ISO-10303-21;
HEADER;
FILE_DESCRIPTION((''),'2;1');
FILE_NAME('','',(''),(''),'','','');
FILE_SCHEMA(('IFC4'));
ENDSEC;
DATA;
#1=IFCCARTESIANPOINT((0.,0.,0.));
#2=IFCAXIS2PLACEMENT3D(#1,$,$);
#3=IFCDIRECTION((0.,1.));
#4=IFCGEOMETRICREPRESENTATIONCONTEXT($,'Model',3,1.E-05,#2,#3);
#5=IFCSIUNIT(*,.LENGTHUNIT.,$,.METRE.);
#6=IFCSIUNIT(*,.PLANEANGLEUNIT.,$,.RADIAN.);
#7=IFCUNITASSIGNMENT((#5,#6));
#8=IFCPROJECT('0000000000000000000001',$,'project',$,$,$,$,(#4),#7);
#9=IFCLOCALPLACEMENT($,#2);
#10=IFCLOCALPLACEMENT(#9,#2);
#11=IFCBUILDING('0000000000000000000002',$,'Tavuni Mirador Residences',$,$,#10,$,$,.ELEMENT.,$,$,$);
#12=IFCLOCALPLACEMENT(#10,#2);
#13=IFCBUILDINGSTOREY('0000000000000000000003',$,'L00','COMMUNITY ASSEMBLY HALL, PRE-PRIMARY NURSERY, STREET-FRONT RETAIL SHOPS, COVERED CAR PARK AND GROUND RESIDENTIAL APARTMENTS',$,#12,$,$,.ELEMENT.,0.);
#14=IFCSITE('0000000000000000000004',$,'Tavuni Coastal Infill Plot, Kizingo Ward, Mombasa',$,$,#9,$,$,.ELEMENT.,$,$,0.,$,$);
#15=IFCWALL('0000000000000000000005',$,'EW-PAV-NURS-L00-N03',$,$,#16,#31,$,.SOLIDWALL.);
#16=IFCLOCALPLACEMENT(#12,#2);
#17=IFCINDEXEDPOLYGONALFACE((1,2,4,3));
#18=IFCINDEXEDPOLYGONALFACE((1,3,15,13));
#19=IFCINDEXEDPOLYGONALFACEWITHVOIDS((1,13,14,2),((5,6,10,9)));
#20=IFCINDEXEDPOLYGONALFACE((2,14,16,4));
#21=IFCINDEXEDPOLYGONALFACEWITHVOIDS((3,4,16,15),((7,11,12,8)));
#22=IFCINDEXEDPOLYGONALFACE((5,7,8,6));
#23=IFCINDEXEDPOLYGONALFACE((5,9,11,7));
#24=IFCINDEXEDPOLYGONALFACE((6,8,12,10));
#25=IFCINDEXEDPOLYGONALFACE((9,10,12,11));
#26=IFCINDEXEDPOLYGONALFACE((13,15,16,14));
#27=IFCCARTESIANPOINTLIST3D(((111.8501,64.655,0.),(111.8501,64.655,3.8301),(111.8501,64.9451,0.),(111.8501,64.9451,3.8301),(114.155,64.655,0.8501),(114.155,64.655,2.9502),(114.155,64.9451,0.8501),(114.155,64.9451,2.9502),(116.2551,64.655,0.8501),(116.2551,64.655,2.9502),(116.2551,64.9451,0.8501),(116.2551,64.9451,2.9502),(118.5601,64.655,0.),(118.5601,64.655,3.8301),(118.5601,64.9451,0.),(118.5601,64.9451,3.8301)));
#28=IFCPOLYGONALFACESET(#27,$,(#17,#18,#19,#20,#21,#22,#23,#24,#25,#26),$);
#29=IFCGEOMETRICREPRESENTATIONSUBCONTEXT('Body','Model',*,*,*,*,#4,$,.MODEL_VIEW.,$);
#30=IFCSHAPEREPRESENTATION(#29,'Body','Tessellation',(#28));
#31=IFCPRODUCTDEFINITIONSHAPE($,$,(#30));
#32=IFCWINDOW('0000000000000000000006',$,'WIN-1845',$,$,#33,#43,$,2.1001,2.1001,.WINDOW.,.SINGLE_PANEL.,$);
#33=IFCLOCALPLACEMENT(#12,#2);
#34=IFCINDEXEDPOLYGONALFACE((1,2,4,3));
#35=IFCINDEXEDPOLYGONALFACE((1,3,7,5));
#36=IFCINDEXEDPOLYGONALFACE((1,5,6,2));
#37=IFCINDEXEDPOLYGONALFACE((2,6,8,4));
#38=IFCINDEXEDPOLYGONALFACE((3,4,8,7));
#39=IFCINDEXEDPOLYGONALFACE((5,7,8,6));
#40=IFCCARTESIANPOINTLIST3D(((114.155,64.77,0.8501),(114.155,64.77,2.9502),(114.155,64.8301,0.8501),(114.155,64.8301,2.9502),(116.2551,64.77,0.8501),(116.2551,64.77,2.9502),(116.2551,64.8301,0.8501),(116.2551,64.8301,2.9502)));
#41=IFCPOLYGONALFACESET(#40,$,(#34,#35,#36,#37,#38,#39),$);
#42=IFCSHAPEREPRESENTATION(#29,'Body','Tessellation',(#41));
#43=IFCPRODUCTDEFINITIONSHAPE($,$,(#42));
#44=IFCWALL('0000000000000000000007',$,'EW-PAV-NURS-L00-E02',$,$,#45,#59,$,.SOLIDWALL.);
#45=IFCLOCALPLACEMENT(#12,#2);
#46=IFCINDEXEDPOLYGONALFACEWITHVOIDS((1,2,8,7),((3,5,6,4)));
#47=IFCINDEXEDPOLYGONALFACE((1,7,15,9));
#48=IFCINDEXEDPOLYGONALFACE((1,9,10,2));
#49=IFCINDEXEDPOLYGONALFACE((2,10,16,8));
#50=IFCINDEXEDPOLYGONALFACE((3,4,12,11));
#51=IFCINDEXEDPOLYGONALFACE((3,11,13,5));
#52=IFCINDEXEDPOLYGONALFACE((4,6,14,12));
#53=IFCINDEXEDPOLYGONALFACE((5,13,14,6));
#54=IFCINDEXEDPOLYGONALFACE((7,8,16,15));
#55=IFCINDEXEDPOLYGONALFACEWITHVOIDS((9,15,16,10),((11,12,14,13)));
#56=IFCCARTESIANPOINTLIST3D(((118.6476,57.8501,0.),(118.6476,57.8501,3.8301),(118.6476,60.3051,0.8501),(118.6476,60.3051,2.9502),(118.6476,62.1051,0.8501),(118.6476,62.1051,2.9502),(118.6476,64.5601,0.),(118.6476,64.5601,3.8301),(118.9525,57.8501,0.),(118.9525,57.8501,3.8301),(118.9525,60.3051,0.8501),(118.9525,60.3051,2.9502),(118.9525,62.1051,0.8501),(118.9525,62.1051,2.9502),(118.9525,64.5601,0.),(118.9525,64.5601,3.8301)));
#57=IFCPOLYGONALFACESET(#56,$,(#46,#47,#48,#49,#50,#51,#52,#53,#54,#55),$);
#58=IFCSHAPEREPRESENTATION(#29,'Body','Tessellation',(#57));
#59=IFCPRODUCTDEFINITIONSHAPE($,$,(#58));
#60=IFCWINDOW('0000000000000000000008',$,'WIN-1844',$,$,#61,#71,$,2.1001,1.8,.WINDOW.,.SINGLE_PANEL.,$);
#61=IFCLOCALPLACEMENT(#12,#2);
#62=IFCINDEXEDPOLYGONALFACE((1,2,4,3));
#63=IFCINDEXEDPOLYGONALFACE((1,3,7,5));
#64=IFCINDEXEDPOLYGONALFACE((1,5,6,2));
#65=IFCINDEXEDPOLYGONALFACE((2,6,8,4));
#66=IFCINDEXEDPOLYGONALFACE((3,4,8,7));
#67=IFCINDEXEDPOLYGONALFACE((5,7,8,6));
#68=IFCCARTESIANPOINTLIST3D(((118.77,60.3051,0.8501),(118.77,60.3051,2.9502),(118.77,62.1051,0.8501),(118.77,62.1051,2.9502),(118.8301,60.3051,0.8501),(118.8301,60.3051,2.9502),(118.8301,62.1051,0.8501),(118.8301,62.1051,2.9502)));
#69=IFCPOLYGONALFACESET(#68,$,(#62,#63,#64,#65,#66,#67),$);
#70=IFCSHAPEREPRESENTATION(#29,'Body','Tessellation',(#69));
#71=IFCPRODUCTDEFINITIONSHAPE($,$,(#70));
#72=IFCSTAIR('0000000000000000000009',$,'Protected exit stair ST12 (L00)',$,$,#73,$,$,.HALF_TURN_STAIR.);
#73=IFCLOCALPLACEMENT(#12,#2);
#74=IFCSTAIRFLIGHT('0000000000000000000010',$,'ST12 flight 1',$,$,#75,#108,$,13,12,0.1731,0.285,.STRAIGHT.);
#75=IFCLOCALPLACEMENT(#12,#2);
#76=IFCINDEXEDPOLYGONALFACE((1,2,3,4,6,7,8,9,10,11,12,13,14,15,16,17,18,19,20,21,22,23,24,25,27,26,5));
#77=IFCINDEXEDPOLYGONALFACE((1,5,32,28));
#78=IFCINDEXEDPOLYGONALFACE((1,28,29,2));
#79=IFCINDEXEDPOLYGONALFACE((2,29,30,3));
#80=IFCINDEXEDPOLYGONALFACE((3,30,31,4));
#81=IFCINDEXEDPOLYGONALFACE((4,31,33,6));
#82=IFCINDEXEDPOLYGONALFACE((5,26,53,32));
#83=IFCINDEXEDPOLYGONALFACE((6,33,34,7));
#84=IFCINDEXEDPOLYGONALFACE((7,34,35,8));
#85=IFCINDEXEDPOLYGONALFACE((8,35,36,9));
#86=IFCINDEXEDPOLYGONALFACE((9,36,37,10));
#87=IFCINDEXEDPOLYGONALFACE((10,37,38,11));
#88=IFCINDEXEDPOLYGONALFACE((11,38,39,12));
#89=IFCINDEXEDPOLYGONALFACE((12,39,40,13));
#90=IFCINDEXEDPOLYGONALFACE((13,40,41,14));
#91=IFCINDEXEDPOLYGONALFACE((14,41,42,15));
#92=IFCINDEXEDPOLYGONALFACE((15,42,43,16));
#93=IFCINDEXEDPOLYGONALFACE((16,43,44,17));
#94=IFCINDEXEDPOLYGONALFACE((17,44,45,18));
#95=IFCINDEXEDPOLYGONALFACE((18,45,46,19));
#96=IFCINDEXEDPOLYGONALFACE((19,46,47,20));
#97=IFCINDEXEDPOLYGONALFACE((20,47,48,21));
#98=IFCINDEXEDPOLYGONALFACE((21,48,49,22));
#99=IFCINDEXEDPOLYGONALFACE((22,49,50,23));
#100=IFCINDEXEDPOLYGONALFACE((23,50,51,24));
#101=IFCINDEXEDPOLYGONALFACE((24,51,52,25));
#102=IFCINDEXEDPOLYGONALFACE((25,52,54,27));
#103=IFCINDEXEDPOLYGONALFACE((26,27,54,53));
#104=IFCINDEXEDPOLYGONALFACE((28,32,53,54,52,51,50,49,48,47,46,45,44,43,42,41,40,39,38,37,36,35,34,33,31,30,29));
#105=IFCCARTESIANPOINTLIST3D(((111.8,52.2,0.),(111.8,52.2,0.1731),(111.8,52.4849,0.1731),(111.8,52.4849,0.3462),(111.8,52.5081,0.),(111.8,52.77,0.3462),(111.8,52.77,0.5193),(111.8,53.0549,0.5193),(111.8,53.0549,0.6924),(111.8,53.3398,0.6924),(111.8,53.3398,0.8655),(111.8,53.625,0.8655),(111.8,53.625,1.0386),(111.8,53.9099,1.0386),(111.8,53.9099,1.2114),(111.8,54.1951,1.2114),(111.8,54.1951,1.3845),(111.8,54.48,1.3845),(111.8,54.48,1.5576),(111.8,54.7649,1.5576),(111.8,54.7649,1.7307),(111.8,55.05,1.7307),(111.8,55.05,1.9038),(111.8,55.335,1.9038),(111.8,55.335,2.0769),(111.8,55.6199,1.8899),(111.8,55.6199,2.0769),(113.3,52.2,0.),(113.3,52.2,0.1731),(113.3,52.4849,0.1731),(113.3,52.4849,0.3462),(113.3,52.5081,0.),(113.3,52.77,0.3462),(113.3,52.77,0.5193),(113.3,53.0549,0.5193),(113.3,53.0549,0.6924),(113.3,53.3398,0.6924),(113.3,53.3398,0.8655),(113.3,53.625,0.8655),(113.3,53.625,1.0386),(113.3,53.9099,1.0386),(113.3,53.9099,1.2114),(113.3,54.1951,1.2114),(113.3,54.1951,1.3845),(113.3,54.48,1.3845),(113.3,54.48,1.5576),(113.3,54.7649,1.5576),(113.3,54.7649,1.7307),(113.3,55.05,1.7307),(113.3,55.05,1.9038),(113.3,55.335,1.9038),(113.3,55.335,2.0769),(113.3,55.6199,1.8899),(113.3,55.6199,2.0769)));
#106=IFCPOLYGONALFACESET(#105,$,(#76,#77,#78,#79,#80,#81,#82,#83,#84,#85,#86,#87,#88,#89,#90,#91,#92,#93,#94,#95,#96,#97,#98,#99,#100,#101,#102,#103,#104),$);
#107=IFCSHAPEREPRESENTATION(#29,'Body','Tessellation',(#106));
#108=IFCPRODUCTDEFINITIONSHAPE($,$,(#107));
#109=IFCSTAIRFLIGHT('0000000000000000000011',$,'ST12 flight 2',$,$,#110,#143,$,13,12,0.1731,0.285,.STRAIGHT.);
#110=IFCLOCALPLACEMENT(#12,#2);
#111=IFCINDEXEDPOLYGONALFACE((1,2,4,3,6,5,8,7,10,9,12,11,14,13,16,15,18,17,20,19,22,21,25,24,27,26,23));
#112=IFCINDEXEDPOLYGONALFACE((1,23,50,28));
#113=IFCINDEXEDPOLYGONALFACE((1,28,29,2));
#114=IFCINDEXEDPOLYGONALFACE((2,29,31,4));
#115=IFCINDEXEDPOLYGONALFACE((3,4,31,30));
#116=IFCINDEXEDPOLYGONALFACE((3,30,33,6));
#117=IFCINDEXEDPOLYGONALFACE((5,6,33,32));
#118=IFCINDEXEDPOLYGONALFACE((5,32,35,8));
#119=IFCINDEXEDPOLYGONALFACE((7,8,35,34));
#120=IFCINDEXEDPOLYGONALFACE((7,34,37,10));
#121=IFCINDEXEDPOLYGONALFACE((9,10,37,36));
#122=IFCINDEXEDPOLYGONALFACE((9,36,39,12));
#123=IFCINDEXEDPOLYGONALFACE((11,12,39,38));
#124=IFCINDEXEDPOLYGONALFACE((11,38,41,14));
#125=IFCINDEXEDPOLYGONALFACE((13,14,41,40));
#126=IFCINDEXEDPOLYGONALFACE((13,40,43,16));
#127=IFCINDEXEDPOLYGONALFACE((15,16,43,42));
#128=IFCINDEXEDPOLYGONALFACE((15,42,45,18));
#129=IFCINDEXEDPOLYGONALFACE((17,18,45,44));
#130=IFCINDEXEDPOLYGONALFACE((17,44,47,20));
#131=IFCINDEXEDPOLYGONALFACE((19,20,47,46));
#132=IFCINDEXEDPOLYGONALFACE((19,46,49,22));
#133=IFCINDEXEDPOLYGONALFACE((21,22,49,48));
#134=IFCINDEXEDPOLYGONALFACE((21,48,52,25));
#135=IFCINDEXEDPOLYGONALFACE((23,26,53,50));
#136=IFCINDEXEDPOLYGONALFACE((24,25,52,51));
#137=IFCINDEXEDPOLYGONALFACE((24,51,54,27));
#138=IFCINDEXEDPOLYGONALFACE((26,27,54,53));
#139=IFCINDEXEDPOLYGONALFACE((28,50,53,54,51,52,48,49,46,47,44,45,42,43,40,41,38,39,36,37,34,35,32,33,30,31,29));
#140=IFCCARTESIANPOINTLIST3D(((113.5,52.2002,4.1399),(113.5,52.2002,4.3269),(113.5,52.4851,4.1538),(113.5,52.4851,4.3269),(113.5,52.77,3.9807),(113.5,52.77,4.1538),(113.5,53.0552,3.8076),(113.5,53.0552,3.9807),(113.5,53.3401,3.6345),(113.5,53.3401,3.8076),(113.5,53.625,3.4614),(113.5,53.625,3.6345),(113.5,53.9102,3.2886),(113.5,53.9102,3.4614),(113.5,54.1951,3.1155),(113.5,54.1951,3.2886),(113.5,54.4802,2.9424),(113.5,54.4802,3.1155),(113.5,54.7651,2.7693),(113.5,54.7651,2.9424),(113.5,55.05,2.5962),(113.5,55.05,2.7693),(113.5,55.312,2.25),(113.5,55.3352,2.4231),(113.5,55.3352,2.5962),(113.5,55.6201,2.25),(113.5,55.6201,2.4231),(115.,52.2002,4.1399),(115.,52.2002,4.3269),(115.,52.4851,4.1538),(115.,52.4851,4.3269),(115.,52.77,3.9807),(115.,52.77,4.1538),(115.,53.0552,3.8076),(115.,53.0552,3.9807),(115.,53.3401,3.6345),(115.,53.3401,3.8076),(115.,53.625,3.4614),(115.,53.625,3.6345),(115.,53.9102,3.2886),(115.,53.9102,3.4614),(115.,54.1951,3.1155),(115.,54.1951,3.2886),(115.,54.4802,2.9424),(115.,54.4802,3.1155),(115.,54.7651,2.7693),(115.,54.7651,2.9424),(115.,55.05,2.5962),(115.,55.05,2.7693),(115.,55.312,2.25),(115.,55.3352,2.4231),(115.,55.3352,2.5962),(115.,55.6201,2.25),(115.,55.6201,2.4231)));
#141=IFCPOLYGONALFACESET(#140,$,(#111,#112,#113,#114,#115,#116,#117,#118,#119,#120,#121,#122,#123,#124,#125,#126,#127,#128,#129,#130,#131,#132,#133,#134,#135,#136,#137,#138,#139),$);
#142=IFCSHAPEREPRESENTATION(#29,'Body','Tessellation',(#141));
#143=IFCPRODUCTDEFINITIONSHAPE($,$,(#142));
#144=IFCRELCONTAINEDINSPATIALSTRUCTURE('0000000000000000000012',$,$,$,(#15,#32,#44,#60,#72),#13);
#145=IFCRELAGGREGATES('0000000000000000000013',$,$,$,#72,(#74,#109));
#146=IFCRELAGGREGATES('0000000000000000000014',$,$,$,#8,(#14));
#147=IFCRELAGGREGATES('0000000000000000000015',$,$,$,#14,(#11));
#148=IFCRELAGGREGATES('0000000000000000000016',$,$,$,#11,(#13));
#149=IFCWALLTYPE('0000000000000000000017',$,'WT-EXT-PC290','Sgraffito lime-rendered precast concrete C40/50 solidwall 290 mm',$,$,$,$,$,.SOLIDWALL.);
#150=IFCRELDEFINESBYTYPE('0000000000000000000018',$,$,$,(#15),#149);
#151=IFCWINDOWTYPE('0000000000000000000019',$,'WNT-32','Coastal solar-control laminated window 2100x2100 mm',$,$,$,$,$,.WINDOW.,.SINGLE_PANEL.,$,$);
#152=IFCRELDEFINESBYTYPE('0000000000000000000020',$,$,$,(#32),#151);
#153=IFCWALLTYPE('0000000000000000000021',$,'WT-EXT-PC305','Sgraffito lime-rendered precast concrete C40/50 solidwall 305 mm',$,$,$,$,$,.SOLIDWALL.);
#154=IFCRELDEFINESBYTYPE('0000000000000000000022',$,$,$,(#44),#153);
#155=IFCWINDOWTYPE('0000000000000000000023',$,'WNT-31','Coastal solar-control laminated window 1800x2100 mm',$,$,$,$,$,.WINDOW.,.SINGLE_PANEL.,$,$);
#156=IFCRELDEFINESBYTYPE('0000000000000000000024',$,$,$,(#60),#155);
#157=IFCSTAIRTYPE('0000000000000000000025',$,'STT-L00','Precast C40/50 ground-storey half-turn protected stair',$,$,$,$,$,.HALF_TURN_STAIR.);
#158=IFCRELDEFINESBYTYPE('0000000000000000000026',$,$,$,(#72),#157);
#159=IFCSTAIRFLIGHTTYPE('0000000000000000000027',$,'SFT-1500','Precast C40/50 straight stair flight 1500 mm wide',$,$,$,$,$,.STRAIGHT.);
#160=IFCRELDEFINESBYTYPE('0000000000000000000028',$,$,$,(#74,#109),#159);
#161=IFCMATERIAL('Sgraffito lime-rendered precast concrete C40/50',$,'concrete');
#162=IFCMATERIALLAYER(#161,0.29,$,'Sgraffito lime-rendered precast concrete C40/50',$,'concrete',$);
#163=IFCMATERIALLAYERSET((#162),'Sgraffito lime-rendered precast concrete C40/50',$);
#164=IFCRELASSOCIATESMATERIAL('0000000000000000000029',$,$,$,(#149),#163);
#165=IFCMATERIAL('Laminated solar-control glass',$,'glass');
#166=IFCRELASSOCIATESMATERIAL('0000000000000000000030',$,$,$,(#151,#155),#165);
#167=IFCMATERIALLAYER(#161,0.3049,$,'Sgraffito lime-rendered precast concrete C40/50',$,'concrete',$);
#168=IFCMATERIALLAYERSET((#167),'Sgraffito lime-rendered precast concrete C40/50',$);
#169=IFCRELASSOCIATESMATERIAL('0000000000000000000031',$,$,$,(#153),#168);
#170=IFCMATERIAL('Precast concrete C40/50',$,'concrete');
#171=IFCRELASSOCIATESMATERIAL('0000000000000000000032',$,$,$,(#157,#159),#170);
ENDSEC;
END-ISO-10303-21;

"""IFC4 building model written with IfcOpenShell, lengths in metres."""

from ifc_helpers import new_model, si_unit, direction, frame, frame_2d, origin, place, context, subcontext, project, spatial, polyline, rectangle, outline, extrude, material, layer, layer_set, type_object, element, fill, aggregate, save


model = new_model("IFC4")

# Units and contexts
model_context = context("Model", 3, precision=1e-05, world=origin(), true_north=direction((0.0, 1.0)))
body_context = subcontext(model_context, "Body", "Model", "MODEL_VIEW")
ifc_project = project(units=[si_unit("LENGTHUNIT", "METRE"), si_unit("PLANEANGLEUNIT", "RADIAN")], contexts=[model_context])

# Site, building, storey
site_placement = place(None, origin())
site = spatial("IfcSite", under=ifc_project, at=site_placement, Name="Tavuni Coastal Infill Plot, Kizingo Ward, Mombasa", CompositionType="ELEMENT", RefElevation=0.0)
building_placement = place(site_placement, origin())
building = spatial("IfcBuilding", under=site, at=building_placement, Name="Tavuni Mirador Residences", CompositionType="ELEMENT")
storey_placement = place(building_placement, origin())
storey = spatial("IfcBuildingStorey", under=building, at=storey_placement, Name="L00", Description="COMMUNITY ASSEMBLY HALL, PRE-PRIMARY NURSERY, STREET-FRONT RETAIL SHOPS, COVERED CAR PARK AND GROUND RESIDENTIAL APARTMENTS", CompositionType="ELEMENT", Elevation=0.0)

# Shared definitions
ifc_material_1 = material(Name="Precast concrete C40/50", Category="concrete")

# Walls, openings, windows
ifc_material_2 = material(Name="Sgraffito lime-rendered precast concrete C40/50", Category="concrete")
ifc_layer_1 = layer(ifc_material_2, 0.29, Name="Sgraffito lime-rendered precast concrete C40/50", Category="concrete")
ifc_layer_set_1 = layer_set([ifc_layer_1], Name="Sgraffito lime-rendered precast concrete C40/50")
wall_type_1 = type_object("IfcWallType", Name="WT-EXT-PC290", Description="Sgraffito lime-rendered precast concrete C40/50 solidwall 290 mm", PredefinedType="SOLIDWALL", material=ifc_layer_set_1)
wall_1_placement = place(storey_placement, frame((118.5601, 64.8, 0.0), z_axis=(0.0, 0.0, 1.0), x_axis=(-1.0, 0.0, 0.0)))
wall_1 = element("IfcWall", 1, at=wall_1_placement, inside=storey, type_object=wall_type_1, Name="EW-PAV-NURS-L00-N03", PredefinedType="SOLIDWALL", context=body_context, shape_type="SweptSolid", body=[
    extrude(rectangle(XDim=6.71, YDim=0.29, at=frame_2d((3.355, 0.0))), origin(), (0.0, 0.0, 1.0), 3.8301),
])
opening_1_placement = place(wall_1_placement, frame((2.3049, 0.0, 0.8501)))
opening_1 = element("IfcOpeningElement", 2, at=opening_1_placement, cuts=wall_1, PredefinedType="OPENING", context=body_context, shape_type="SweptSolid", body=[
    extrude(rectangle(XDim=2.1001, YDim=2.1001, at=frame_2d((1.05, 1.05))), frame((0.0, 0.155, 0.0), z_axis=(0.0, -1.0, 0.0), x_axis=(1.0, 0.0, 0.0)), (0.0, 0.0, 1.0), 0.3101),
])
ifc_material_3 = material(Name="Laminated solar-control glass", Category="glass")
window_type_1 = type_object("IfcWindowType", Name="WNT-32", Description="Coastal solar-control laminated window 2100x2100 mm", PartitioningType="SINGLE_PANEL", PredefinedType="WINDOW", material=ifc_material_3)
window_1_placement = place(opening_1_placement, origin())
window_1 = element("IfcWindow", 3, at=window_1_placement, inside=storey, type_object=window_type_1, Name="WIN-1845", OverallHeight=2.1001, OverallWidth=2.1001, PartitioningType="SINGLE_PANEL", PredefinedType="WINDOW", context=body_context, shape_type="SweptSolid", body=[
    extrude(rectangle(XDim=2.1001, YDim=2.1001, at=frame_2d((1.05, 1.05))), frame((0.0, 0.03, 0.0), z_axis=(0.0, -1.0, 0.0), x_axis=(1.0, 0.0, 0.0)), (0.0, 0.0, 1.0), 0.0601),
])
fill(opening_1, window_1)
ifc_layer_2 = layer(ifc_material_2, 0.3049, Name="Sgraffito lime-rendered precast concrete C40/50", Category="concrete")
ifc_layer_set_2 = layer_set([ifc_layer_2], Name="Sgraffito lime-rendered precast concrete C40/50")
wall_type_2 = type_object("IfcWallType", Name="WT-EXT-PC305", Description="Sgraffito lime-rendered precast concrete C40/50 solidwall 305 mm", PredefinedType="SOLIDWALL", material=ifc_layer_set_2)
wall_2_placement = place(storey_placement, frame((118.8, 57.8501, 0.0), z_axis=(0.0, 0.0, 1.0), x_axis=(0.0, 1.0, 0.0)))
wall_2 = element("IfcWall", 4, at=wall_2_placement, inside=storey, type_object=wall_type_2, Name="EW-PAV-NURS-L00-E02", PredefinedType="SOLIDWALL", context=body_context, shape_type="SweptSolid", body=[
    extrude(rectangle(XDim=6.71, YDim=0.3049, at=frame_2d((3.355, 0.0))), origin(), (0.0, 0.0, 1.0), 3.8301),
])
opening_2_placement = place(wall_2_placement, frame((2.4551, 0.0, 0.8501)))
opening_2 = element("IfcOpeningElement", 5, at=opening_2_placement, cuts=wall_2, PredefinedType="OPENING", context=body_context, shape_type="SweptSolid", body=[
    extrude(rectangle(XDim=1.8, YDim=2.1001, at=frame_2d((0.8999, 1.05))), frame((0.0, 0.1626, 0.0), z_axis=(0.0, -1.0, 0.0), x_axis=(1.0, 0.0, 0.0)), (0.0, 0.0, 1.0), 0.325),
])
window_type_2 = type_object("IfcWindowType", Name="WNT-31", Description="Coastal solar-control laminated window 1800x2100 mm", PartitioningType="SINGLE_PANEL", PredefinedType="WINDOW", material=ifc_material_3)
window_2_placement = place(opening_2_placement, origin())
window_2 = element("IfcWindow", 6, at=window_2_placement, inside=storey, type_object=window_type_2, Name="WIN-1844", OverallHeight=2.1001, OverallWidth=1.8, PartitioningType="SINGLE_PANEL", PredefinedType="WINDOW", context=body_context, shape_type="SweptSolid", body=[
    extrude(rectangle(XDim=1.8, YDim=2.1001, at=frame_2d((0.8999, 1.05))), frame((0.0, 0.03, 0.0), z_axis=(0.0, -1.0, 0.0), x_axis=(1.0, 0.0, 0.0)), (0.0, 0.0, 1.0), 0.0601),
])
fill(opening_2, window_2)

# Stair, stair flights
stair_type = type_object("IfcStairType", Name="STT-L00", Description="Precast C40/50 ground-storey half-turn protected stair", PredefinedType="HALF_TURN_STAIR", material=ifc_material_1)
stair_placement = place(storey_placement, origin())
stair = element("IfcStair", 7, at=stair_placement, inside=storey, type_object=stair_type, Name="Protected exit stair ST12 (L00)", PredefinedType="HALF_TURN_STAIR")
stair_flight_type = type_object("IfcStairFlightType", Name="SFT-1500", Description="Precast C40/50 straight stair flight 1500 mm wide", PredefinedType="STRAIGHT", material=ifc_material_1)
stair_flight_1_placement = place(storey_placement, frame((112.55, 52.2, 0.0), z_axis=(0.0, 0.0, 1.0), x_axis=(0.0, 1.0, 0.0)))
stair_flight_1 = element("IfcStairFlight", 8, at=stair_flight_1_placement, type_object=stair_flight_type, Name="ST12 flight 1", NumberOfRisers=13, NumberOfTreads=12, PredefinedType="STRAIGHT", RiserHeight=0.1731, TreadLength=0.285, context=body_context, shape_type="SweptSolid", body=[
    extrude(outline(polyline([(0.0, 0.0), (0.0, 0.1731), (0.2849, 0.1731), (0.2849, 0.3462), (0.5701, 0.3462), (0.5701, 0.5193), (0.855, 0.5193), (0.855, 0.6924), (1.1399, 0.6924), (1.1399, 0.8655), (1.425, 0.8655), (1.425, 1.0386), (1.71, 1.0386), (1.71, 1.2114), (1.9951, 1.2114), (1.9951, 1.3845), (2.28, 1.3845), (2.28, 1.5576), (2.5649, 1.5576), (2.5649, 1.7307), (2.8501, 1.7307), (2.8501, 1.9038), (3.135, 1.9038), (3.135, 2.0769), (3.4199, 2.0769), (3.4199, 2.25), (3.4199, 1.8899), (0.3081, 0.0), (0.0, 0.0)])), frame((0.0, 0.75, 0.0), z_axis=(0.0, -1.0, 0.0), x_axis=(1.0, 0.0, 0.0)), (0.0, 0.0, 1.0), 1.5),
])
stair_flight_2_placement = place(storey_placement, frame((114.25, 55.6201, 2.25), z_axis=(0.0, 0.0, 1.0), x_axis=(0.0, -1.0, 0.0)))
stair_flight_2 = element("IfcStairFlight", 9, at=stair_flight_2_placement, type_object=stair_flight_type, Name="ST12 flight 2", NumberOfRisers=13, NumberOfTreads=12, PredefinedType="STRAIGHT", RiserHeight=0.1731, TreadLength=0.285, context=body_context, shape_type="SweptSolid", body=[
    extrude(outline(polyline([(0.0, 0.0), (0.0, 0.1731), (0.2849, 0.1731), (0.2849, 0.3462), (0.5701, 0.3462), (0.5701, 0.5193), (0.855, 0.5193), (0.855, 0.6924), (1.1399, 0.6924), (1.1399, 0.8655), (1.425, 0.8655), (1.425, 1.0386), (1.71, 1.0386), (1.71, 1.2114), (1.9951, 1.2114), (1.9951, 1.3845), (2.28, 1.3845), (2.28, 1.5576), (2.5649, 1.5576), (2.5649, 1.7307), (2.8501, 1.7307), (2.8501, 1.9038), (3.135, 1.9038), (3.135, 2.0769), (3.4199, 2.0769), (3.4199, 2.25), (3.4199, 1.8899), (0.3081, 0.0), (0.0, 0.0)])), frame((0.0, 0.75, 0.0), z_axis=(0.0, -1.0, 0.0), x_axis=(1.0, 0.0, 0.0)), (0.0, 0.0, 1.0), 1.5),
])
aggregate(stair, [stair_flight_1, stair_flight_2])

save(model, "model.ifc")
